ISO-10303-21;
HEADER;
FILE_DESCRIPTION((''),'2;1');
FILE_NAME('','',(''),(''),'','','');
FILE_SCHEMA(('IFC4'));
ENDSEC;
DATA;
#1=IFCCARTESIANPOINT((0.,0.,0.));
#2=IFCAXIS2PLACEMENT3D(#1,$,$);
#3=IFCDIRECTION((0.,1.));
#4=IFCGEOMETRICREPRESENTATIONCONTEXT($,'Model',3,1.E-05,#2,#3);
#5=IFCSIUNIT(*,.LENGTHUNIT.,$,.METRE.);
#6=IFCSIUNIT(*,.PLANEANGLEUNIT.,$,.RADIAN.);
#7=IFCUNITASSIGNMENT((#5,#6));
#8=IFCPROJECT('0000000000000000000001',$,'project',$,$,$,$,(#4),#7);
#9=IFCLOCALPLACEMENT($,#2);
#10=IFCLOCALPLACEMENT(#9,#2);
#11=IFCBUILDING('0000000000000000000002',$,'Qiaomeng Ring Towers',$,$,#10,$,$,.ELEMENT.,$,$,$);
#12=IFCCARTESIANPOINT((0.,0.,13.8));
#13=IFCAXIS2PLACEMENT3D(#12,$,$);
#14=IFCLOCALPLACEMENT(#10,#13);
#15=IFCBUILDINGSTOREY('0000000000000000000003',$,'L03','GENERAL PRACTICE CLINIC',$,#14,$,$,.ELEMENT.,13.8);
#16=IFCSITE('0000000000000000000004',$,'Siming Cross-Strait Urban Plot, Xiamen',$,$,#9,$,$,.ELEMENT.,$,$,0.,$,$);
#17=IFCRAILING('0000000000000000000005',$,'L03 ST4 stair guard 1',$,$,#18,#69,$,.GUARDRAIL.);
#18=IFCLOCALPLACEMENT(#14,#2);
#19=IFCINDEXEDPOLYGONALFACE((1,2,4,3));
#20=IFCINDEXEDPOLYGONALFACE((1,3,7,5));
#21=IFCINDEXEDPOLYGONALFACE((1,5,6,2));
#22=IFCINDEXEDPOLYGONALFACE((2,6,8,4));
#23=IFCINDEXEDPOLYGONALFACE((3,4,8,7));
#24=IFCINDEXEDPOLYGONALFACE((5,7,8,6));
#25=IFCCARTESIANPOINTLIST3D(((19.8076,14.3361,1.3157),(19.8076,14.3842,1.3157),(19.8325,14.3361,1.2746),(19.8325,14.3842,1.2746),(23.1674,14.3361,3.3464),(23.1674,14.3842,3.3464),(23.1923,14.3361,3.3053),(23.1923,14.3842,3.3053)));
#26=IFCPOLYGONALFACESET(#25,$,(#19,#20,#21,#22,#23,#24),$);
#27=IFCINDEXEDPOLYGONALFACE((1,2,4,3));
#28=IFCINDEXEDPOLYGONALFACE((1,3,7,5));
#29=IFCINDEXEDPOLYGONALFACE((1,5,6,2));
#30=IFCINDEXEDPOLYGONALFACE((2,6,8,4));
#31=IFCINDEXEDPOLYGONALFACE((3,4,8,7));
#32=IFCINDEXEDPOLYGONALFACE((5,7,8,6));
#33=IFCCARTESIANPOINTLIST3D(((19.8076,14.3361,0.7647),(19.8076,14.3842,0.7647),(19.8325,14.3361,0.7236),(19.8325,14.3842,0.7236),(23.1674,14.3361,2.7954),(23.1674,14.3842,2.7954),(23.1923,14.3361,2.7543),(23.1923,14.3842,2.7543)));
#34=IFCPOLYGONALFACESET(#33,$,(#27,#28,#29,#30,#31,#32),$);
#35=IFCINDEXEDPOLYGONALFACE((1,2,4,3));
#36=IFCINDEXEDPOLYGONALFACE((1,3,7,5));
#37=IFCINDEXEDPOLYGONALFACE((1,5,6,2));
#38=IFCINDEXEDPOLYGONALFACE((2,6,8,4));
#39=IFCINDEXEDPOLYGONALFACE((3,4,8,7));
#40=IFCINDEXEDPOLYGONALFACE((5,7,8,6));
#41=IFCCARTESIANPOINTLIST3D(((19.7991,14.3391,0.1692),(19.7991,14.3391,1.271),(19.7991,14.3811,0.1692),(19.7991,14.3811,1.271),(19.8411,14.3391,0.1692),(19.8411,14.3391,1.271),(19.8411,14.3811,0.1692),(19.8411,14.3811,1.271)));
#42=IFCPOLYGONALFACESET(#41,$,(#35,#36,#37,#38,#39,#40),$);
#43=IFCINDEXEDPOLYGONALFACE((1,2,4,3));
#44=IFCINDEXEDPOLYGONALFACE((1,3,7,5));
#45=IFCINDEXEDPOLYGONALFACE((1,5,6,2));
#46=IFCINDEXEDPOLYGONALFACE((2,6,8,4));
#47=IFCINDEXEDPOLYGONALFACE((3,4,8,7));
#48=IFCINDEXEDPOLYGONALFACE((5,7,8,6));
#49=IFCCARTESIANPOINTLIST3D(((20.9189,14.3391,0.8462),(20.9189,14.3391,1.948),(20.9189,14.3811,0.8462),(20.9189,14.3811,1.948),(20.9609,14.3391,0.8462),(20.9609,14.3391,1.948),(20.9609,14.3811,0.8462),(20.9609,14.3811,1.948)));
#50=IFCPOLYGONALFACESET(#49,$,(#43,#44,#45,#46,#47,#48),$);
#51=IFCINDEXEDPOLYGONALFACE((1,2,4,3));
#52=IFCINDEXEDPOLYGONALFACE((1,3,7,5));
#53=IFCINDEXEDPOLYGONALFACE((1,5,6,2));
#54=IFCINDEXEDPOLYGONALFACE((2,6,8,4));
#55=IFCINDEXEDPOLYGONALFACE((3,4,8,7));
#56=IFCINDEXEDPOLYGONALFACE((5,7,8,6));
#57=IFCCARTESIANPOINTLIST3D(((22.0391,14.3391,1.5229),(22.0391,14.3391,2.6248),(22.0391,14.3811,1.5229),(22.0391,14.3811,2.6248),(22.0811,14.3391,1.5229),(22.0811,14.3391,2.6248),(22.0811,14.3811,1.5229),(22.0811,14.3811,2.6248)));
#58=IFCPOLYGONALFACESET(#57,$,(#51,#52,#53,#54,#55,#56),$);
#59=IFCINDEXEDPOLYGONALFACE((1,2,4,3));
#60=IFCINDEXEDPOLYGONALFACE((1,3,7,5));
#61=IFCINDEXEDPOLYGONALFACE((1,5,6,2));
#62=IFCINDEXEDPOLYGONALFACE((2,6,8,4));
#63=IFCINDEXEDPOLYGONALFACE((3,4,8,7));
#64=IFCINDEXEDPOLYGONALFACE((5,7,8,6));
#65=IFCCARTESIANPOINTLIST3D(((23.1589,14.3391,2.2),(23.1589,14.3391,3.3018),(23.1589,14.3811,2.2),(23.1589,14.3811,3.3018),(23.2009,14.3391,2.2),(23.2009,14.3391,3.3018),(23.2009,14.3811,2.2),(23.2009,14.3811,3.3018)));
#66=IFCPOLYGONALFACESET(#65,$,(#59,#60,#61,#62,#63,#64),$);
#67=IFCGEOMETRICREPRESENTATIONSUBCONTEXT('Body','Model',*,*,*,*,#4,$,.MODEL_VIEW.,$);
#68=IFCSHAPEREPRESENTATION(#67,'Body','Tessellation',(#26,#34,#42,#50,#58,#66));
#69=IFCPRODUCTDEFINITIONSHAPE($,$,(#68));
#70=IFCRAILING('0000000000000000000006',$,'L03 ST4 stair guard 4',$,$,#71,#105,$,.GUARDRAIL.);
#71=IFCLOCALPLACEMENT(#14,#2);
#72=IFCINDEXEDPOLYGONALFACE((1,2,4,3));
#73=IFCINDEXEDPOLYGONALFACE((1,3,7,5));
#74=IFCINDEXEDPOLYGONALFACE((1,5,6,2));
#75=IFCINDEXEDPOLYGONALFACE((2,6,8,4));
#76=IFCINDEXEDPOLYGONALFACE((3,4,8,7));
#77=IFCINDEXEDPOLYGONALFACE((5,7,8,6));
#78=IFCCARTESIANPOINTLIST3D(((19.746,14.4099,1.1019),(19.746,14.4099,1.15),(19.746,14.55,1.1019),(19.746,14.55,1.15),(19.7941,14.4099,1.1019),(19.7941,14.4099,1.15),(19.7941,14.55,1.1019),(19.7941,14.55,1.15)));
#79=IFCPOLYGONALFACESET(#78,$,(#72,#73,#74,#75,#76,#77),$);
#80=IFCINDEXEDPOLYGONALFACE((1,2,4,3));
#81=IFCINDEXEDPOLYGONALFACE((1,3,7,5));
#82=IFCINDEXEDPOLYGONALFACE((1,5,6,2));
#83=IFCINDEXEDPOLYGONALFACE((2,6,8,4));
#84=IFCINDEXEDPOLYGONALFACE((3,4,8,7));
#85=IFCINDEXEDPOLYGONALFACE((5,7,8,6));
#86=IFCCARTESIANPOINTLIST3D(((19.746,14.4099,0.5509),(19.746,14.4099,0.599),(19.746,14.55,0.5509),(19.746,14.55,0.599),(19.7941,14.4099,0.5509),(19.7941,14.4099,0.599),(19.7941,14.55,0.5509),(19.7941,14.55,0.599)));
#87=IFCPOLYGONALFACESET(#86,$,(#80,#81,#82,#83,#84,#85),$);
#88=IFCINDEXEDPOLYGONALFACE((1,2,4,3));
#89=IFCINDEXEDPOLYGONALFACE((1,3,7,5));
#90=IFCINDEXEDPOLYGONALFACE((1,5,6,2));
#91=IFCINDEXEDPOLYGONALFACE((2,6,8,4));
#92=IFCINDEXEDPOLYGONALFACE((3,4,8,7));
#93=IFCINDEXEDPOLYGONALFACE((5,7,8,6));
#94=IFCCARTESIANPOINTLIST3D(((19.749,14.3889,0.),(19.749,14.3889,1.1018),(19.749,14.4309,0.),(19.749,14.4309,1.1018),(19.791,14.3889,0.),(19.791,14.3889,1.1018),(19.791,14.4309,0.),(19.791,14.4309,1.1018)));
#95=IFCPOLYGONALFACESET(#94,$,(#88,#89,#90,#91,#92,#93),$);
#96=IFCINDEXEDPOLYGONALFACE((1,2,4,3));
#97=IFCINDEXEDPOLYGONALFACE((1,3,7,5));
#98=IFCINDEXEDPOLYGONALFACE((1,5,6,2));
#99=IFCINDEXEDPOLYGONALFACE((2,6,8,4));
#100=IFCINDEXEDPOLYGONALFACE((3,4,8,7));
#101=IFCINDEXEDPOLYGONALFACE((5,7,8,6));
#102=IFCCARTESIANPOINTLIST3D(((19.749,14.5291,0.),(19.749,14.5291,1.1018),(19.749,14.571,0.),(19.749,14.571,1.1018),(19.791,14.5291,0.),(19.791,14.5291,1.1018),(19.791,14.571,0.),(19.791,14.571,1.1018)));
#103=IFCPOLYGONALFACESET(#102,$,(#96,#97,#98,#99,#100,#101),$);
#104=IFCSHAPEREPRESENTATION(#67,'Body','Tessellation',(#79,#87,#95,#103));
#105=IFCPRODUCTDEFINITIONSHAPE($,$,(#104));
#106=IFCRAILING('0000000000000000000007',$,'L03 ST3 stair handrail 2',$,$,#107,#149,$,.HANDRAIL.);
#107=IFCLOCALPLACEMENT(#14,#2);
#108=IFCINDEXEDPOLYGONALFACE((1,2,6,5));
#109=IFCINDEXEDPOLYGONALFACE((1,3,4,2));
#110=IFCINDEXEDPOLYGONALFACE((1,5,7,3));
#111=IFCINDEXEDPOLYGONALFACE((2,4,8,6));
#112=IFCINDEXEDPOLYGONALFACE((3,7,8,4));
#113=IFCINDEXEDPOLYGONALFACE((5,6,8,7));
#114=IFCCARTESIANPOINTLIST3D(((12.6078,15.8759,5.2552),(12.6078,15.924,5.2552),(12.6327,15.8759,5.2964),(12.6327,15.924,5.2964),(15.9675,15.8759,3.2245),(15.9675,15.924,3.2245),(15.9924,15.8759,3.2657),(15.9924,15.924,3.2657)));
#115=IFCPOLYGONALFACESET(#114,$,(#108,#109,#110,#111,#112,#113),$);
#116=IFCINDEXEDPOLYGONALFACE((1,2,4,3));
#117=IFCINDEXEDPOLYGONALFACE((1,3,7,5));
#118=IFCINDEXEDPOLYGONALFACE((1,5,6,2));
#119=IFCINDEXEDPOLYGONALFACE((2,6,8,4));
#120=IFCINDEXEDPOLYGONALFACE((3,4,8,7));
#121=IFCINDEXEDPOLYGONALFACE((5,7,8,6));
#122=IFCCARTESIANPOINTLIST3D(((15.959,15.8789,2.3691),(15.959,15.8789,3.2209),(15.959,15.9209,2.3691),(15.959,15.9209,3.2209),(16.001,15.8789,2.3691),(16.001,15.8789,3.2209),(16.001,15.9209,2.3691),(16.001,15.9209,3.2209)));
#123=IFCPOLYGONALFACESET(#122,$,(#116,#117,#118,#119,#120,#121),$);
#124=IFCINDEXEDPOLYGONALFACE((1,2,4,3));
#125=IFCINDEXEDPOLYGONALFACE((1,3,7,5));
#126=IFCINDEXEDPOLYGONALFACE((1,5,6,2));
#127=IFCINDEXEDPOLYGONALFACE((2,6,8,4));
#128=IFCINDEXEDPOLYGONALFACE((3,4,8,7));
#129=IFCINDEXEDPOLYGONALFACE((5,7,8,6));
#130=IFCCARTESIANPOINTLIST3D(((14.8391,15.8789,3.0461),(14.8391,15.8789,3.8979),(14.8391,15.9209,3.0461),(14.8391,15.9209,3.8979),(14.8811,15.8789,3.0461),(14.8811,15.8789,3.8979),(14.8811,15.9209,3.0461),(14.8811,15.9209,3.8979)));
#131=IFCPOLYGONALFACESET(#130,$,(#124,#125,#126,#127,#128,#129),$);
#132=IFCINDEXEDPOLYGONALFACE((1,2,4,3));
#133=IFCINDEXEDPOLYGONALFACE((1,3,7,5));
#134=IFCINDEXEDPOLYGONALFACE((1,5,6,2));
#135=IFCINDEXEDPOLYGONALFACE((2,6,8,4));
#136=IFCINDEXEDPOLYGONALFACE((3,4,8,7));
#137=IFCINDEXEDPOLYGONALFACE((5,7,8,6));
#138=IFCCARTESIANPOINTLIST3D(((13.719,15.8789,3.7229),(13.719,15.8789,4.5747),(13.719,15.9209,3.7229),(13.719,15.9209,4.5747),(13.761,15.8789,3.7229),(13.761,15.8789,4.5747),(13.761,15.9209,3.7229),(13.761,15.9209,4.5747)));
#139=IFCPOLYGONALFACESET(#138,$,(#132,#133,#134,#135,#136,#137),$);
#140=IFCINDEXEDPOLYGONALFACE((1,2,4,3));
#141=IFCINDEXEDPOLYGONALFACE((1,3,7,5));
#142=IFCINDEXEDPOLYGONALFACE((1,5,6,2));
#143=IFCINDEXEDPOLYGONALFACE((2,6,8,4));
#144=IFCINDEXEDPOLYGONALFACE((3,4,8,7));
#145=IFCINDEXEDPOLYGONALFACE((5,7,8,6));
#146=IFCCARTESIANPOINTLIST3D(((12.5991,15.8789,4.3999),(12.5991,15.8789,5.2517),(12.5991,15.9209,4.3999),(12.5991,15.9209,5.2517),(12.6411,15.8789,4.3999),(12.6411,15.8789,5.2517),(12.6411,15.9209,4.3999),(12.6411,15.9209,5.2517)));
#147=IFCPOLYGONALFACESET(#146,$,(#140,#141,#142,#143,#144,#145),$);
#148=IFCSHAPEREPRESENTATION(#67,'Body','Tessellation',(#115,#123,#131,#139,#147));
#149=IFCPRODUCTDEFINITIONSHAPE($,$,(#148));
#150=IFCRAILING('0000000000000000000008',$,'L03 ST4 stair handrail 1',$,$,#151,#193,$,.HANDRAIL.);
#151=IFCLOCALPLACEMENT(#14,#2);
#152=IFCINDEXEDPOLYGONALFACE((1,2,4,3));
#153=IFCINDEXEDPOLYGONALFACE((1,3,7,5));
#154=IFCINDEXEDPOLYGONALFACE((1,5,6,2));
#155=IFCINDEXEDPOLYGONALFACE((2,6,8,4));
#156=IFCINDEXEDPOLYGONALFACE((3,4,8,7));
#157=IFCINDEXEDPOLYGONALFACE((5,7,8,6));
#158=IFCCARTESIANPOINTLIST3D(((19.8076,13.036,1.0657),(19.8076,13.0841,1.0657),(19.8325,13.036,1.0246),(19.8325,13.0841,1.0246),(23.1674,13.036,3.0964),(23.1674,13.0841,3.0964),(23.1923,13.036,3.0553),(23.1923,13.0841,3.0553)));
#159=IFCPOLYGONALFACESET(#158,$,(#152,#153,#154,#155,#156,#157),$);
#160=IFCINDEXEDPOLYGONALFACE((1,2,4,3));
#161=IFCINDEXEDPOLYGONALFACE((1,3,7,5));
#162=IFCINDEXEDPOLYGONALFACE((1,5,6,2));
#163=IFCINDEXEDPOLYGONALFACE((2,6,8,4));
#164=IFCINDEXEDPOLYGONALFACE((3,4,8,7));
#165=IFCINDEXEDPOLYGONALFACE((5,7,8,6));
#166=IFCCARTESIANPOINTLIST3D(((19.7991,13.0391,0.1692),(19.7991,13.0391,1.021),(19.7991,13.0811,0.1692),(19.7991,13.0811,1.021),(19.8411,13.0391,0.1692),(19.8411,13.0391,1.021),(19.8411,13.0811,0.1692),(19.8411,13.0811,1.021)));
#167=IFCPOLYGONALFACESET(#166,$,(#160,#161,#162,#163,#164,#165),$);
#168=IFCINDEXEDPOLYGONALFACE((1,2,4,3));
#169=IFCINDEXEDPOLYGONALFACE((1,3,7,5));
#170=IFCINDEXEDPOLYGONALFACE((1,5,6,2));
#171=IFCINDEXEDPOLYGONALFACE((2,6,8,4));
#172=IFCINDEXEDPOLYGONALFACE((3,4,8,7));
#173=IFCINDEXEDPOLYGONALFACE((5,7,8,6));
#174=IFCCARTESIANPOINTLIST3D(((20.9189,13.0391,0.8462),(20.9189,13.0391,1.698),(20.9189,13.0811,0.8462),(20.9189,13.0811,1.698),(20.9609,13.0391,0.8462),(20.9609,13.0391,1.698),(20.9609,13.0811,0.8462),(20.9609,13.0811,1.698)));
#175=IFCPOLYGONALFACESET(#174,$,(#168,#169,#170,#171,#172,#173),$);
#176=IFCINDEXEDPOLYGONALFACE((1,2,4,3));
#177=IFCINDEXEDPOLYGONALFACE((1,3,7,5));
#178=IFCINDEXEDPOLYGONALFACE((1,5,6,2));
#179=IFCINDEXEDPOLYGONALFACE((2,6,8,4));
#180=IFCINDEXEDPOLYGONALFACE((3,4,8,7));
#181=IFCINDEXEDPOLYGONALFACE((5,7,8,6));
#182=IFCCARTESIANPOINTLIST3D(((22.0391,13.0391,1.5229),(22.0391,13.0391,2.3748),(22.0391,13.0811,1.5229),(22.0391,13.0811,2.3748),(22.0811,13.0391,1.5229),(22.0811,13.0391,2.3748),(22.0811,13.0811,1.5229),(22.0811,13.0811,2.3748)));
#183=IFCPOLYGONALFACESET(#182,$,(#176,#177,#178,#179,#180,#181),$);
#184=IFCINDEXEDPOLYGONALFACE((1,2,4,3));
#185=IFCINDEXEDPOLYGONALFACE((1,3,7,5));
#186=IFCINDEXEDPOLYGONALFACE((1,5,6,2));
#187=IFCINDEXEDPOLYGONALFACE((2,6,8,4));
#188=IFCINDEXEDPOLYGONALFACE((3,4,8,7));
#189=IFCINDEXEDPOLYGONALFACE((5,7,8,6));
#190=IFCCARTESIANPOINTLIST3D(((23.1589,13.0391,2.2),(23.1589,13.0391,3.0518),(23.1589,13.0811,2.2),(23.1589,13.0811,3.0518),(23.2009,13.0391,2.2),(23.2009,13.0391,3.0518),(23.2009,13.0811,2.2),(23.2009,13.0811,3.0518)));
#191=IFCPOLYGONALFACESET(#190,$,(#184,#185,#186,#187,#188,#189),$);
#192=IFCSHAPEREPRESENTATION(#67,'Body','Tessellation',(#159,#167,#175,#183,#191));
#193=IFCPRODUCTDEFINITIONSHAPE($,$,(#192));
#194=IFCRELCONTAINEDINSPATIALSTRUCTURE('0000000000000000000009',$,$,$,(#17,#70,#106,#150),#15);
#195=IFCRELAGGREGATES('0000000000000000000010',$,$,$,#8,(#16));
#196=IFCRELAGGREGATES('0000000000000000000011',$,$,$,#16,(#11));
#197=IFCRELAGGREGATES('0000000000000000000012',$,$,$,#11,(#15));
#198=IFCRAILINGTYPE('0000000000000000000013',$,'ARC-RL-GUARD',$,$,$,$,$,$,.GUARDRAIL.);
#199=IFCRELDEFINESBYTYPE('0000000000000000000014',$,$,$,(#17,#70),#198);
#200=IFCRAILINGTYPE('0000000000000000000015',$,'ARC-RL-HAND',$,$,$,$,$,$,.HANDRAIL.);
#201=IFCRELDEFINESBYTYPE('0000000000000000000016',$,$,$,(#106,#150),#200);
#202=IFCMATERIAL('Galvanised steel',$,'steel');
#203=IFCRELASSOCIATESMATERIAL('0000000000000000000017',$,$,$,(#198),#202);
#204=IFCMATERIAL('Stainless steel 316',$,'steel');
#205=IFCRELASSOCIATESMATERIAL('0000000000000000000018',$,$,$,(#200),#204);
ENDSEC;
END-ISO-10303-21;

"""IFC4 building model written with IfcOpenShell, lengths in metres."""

from ifc_helpers import new_model, si_unit, direction, frame, origin, origin_2d, place, context, subcontext, project, spatial, rectangle, extrude, material, type_object, element, save


model = new_model("IFC4")

# Units and contexts
model_context = context("Model", 3, precision=1e-05, world=origin(), true_north=direction((0.0, 1.0)))
body_context = subcontext(model_context, "Body", "Model", "MODEL_VIEW")
ifc_project = project(units=[si_unit("LENGTHUNIT", "METRE"), si_unit("PLANEANGLEUNIT", "RADIAN")], contexts=[model_context])

# Site, building, storey
site_placement = place(None, origin())
site = spatial("IfcSite", under=ifc_project, at=site_placement, Name="Siming Cross-Strait Urban Plot, Xiamen", CompositionType="ELEMENT", RefElevation=0.0)
building_placement = place(site_placement, origin())
building = spatial("IfcBuilding", under=site, at=building_placement, Name="Qiaomeng Ring Towers", CompositionType="ELEMENT")
storey_placement = place(building_placement, frame((0.0, 0.0, 13.8)))
storey = spatial("IfcBuildingStorey", under=building, at=storey_placement, Name="L03", Description="GENERAL PRACTICE CLINIC", CompositionType="ELEMENT", Elevation=13.8)

# Shared definitions
ifc_material_1 = material(Name="Galvanised steel", Category="steel")

# Railings
railing_type_1 = type_object("IfcRailingType", Name="ARC-RL-GUARD", PredefinedType="GUARDRAIL", material=ifc_material_1)
railing_1_placement = place(storey_placement, frame((19.8201, 14.3601, 0.1692)))
element("IfcRailing", 1, at=railing_1_placement, inside=storey, type_object=railing_type_1, Name="L03 ST4 stair guard 1", PredefinedType="GUARDRAIL", context=body_context, shape_type="SweptSolid", body=[
    extrude(rectangle(XDim=0.0481, YDim=0.0481, at=origin_2d()), frame((0.0, 0.0, 1.126), z_axis=(0.85582, 0.0, 0.517273), x_axis=(0.0, 1.0, 0.0)), (0.0, 0.0, 1.0), 3.9258),
    extrude(rectangle(XDim=0.0481, YDim=0.0481, at=origin_2d()), frame((0.0, 0.0, 0.575), z_axis=(0.85582, 0.0, 0.517273), x_axis=(0.0, 1.0, 0.0)), (0.0, 0.0, 1.0), 3.9258),
    extrude(rectangle(XDim=0.042, YDim=0.042, at=origin_2d()), origin(), (0.0, 0.0, 1.0), 1.1018),
    extrude(rectangle(XDim=0.042, YDim=0.042, at=origin_2d()), frame((1.1199, 0.0, 0.677)), (0.0, 0.0, 1.0), 1.1018),
    extrude(rectangle(XDim=0.042, YDim=0.042, at=origin_2d()), frame((2.24, 0.0, 1.3538)), (0.0, 0.0, 1.0), 1.1018),
    extrude(rectangle(XDim=0.042, YDim=0.042, at=origin_2d()), frame((3.3599, 0.0, 2.0308)), (0.0, 0.0, 1.0), 1.1018),
])
railing_2_placement = place(storey_placement, frame((19.77, 14.4099, 0.0)))
element("IfcRailing", 2, at=railing_2_placement, inside=storey, type_object=railing_type_1, Name="L03 ST4 stair guard 4", PredefinedType="GUARDRAIL", context=body_context, shape_type="SweptSolid", body=[
    extrude(rectangle(XDim=0.0481, YDim=0.0481, at=origin_2d()), frame((0.0, 0.0, 1.126), z_axis=(0.0, 1.0, 0.0), x_axis=(-1.0, 0.0, 0.0)), (0.0, 0.0, 1.0), 0.1401),
    extrude(rectangle(XDim=0.0481, YDim=0.0481, at=origin_2d()), frame((0.0, 0.0, 0.575), z_axis=(0.0, 1.0, 0.0), x_axis=(-1.0, 0.0, 0.0)), (0.0, 0.0, 1.0), 0.1401),
    extrude(rectangle(XDim=0.042, YDim=0.042, at=origin_2d()), origin(), (0.0, 0.0, 1.0), 1.1018),
    extrude(rectangle(XDim=0.042, YDim=0.042, at=origin_2d()), frame((0.0, 0.1401, 0.0)), (0.0, 0.0, 1.0), 1.1018),
])
ifc_material_2 = material(Name="Stainless steel 316", Category="steel")
railing_type_2 = type_object("IfcRailingType", Name="ARC-RL-HAND", PredefinedType="HANDRAIL", material=ifc_material_2)
railing_3_placement = place(storey_placement, frame((15.98, 15.8999, 2.3691)))
element("IfcRailing", 3, at=railing_3_placement, inside=storey, type_object=railing_type_2, Name="L03 ST3 stair handrail 2", PredefinedType="HANDRAIL", context=body_context, shape_type="SweptSolid", body=[
    extrude(rectangle(XDim=0.0481, YDim=0.0481, at=origin_2d()), frame((0.0, 0.0, 0.876), z_axis=(-0.85582, 0.0, 0.517273), x_axis=(0.0, -1.0, 0.0)), (0.0, 0.0, 1.0), 3.9258),
    extrude(rectangle(XDim=0.042, YDim=0.042, at=origin_2d()), origin(), (0.0, 0.0, 1.0), 0.8518),
    extrude(rectangle(XDim=0.042, YDim=0.042, at=origin_2d()), frame((-1.1199, 0.0, 0.677)), (0.0, 0.0, 1.0), 0.8518),
    extrude(rectangle(XDim=0.042, YDim=0.042, at=origin_2d()), frame((-2.24, 0.0, 1.3538)), (0.0, 0.0, 1.0), 0.8518),
    extrude(rectangle(XDim=0.042, YDim=0.042, at=origin_2d()), frame((-3.3599, 0.0, 2.0308)), (0.0, 0.0, 1.0), 0.8518),
])
railing_4_placement = place(storey_placement, frame((19.8201, 13.0601, 0.1692)))
element("IfcRailing", 4, at=railing_4_placement, inside=storey, type_object=railing_type_2, Name="L03 ST4 stair handrail 1", PredefinedType="HANDRAIL", context=body_context, shape_type="SweptSolid", body=[
    extrude(rectangle(XDim=0.0481, YDim=0.0481, at=origin_2d()), frame((0.0, 0.0, 0.876), z_axis=(0.85582, 0.0, 0.517273), x_axis=(0.0, 1.0, 0.0)), (0.0, 0.0, 1.0), 3.9258),
    extrude(rectangle(XDim=0.042, YDim=0.042, at=origin_2d()), origin(), (0.0, 0.0, 1.0), 0.8518),
    extrude(rectangle(XDim=0.042, YDim=0.042, at=origin_2d()), frame((1.1199, 0.0, 0.677)), (0.0, 0.0, 1.0), 0.8518),
    extrude(rectangle(XDim=0.042, YDim=0.042, at=origin_2d()), frame((2.24, 0.0, 1.3538)), (0.0, 0.0, 1.0), 0.8518),
    extrude(rectangle(XDim=0.042, YDim=0.042, at=origin_2d()), frame((3.3599, 0.0, 2.0308)), (0.0, 0.0, 1.0), 0.8518),
])

save(model, "model.ifc")
